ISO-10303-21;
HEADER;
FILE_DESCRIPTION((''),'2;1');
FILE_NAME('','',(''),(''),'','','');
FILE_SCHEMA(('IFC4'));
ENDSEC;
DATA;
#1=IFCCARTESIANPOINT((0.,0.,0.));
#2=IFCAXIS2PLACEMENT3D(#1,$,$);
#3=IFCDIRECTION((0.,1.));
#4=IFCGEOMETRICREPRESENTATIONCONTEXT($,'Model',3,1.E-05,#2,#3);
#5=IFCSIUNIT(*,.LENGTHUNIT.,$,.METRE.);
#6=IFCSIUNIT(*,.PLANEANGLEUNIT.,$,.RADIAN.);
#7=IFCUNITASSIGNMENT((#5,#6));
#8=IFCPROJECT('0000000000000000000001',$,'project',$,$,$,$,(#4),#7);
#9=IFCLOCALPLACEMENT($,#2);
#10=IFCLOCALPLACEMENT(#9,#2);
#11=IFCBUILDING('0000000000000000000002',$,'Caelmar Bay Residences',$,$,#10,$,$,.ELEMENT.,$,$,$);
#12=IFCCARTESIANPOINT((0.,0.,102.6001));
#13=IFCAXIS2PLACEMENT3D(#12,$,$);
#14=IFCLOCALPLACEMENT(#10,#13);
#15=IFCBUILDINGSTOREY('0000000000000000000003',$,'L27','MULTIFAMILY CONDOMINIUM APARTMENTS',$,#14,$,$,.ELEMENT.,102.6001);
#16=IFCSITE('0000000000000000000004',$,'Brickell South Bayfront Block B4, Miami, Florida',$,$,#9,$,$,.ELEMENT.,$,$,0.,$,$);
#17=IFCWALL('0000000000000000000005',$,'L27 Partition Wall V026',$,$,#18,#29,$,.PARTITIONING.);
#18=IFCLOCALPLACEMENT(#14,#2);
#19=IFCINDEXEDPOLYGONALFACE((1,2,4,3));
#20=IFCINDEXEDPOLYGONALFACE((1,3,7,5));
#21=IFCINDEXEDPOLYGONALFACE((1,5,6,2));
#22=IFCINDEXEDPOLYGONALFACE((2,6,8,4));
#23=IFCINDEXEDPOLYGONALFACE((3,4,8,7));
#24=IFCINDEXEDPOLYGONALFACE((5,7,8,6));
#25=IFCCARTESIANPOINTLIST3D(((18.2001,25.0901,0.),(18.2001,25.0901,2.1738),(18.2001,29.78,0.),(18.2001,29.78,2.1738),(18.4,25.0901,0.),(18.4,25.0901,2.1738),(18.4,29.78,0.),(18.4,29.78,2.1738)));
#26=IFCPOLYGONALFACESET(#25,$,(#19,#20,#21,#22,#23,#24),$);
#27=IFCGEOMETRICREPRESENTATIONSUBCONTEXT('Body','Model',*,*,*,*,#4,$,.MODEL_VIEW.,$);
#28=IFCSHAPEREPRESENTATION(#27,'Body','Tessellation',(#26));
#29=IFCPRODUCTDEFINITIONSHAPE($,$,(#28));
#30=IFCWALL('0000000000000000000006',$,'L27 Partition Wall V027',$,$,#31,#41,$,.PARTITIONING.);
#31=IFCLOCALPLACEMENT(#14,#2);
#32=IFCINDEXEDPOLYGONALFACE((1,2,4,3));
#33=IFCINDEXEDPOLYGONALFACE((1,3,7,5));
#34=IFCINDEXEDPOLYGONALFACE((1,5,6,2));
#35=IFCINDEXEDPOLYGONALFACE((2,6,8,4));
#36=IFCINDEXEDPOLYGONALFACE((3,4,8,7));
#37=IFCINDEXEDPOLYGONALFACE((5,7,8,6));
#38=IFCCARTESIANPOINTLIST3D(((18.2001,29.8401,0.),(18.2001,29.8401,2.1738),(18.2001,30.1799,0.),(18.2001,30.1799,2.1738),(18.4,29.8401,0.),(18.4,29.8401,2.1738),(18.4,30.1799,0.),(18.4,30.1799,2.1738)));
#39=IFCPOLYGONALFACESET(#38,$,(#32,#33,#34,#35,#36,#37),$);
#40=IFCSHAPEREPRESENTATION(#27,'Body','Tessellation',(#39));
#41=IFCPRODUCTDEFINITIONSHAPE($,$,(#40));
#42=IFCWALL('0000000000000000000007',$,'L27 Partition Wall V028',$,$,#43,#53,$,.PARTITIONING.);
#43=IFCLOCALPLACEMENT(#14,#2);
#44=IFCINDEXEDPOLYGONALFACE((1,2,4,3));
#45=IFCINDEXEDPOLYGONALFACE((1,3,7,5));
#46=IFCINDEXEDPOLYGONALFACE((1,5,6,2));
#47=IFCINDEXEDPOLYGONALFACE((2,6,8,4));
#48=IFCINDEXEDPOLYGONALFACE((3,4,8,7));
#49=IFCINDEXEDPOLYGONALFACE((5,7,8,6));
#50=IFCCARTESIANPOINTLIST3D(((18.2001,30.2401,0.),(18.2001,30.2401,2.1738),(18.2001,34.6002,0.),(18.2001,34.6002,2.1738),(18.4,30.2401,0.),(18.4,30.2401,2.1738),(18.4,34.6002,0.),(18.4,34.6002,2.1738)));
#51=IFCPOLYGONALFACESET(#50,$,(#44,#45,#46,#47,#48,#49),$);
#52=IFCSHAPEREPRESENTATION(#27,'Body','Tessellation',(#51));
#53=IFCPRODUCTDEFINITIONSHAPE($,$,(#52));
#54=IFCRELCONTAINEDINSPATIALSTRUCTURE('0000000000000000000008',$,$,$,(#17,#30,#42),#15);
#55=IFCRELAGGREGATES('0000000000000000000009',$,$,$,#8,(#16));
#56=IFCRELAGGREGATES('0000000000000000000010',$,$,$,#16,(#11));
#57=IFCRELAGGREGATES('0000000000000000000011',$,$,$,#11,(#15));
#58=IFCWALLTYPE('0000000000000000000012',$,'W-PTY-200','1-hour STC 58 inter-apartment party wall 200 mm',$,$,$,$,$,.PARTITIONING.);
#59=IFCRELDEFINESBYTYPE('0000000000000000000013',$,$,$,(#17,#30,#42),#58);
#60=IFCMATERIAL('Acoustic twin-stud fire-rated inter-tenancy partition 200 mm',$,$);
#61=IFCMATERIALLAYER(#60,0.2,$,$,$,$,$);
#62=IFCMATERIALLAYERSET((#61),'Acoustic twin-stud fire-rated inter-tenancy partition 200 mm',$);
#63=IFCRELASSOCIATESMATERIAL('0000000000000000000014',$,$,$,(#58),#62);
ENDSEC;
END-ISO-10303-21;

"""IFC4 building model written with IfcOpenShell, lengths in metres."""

from ifc_helpers import new_model, si_unit, direction, frame, frame_2d, origin, place, context, subcontext, project, spatial, rectangle, extrude, material, layer, layer_set, type_object, element, save


model = new_model("IFC4")

# Units and contexts
model_context = context("Model", 3, precision=1e-05, world=origin(), true_north=direction((0.0, 1.0)))
body_context = subcontext(model_context, "Body", "Model", "MODEL_VIEW")
ifc_project = project(units=[si_unit("LENGTHUNIT", "METRE"), si_unit("PLANEANGLEUNIT", "RADIAN")], contexts=[model_context])

# Site, building, storey
site_placement = place(None, origin())
site = spatial("IfcSite", under=ifc_project, at=site_placement, Name="Brickell South Bayfront Block B4, Miami, Florida", CompositionType="ELEMENT", RefElevation=0.0)
building_placement = place(site_placement, origin())
building = spatial("IfcBuilding", under=site, at=building_placement, Name="Caelmar Bay Residences", CompositionType="ELEMENT")
storey_placement = place(building_placement, frame((0.0, 0.0, 102.6001)))
storey = spatial("IfcBuildingStorey", under=building, at=storey_placement, Name="L27", Description="MULTIFAMILY CONDOMINIUM APARTMENTS", CompositionType="ELEMENT", Elevation=102.6001)

# Walls
ifc_material_1 = material(Name="Acoustic twin-stud fire-rated inter-tenancy partition 200 mm")
ifc_layer_1 = layer(ifc_material_1, 0.2)
ifc_layer_set_1 = layer_set([ifc_layer_1], Name="Acoustic twin-stud fire-rated inter-tenancy partition 200 mm")
wall_type_1 = type_object("IfcWallType", Name="W-PTY-200", Description="1-hour STC 58 inter-apartment party wall 200 mm", PredefinedType="PARTITIONING", material=ifc_layer_set_1)
wall_1_placement = place(storey_placement, frame((18.3, 25.0901, 0.0), z_axis=(0.0, 0.0, 1.0), x_axis=(0.0, 1.0, 0.0)))
element("IfcWall", 1, at=wall_1_placement, inside=storey, type_object=wall_type_1, Name="L27 Partition Wall V026", PredefinedType="PARTITIONING", context=body_context, shape_type="SweptSolid", body=[
    extrude(rectangle(XDim=4.6899, YDim=0.2, at=frame_2d((2.345, 0.0))), origin(), (0.0, 0.0, 1.0), 2.1738),
])
wall_2_placement = place(storey_placement, frame((18.3, 29.8401, 0.0), z_axis=(0.0, 0.0, 1.0), x_axis=(0.0, 1.0, 0.0)))
element("IfcWall", 2, at=wall_2_placement, inside=storey, type_object=wall_type_1, Name="L27 Partition Wall V027", PredefinedType="PARTITIONING", context=body_context, shape_type="SweptSolid", body=[
    extrude(rectangle(XDim=0.3398, YDim=0.2, at=frame_2d((0.1699, 0.0))), origin(), (0.0, 0.0, 1.0), 2.1738),
])
wall_3_placement = place(storey_placement, frame((18.3, 30.24, 0.0), z_axis=(0.0, 0.0, 1.0), x_axis=(0.0, 1.0, 0.0)))
element("IfcWall", 3, at=wall_3_placement, inside=storey, type_object=wall_type_1, Name="L27 Partition Wall V028", PredefinedType="PARTITIONING", context=body_context, shape_type="SweptSolid", body=[
    extrude(rectangle(XDim=4.3601, YDim=0.2, at=frame_2d((2.1802, 0.0))), origin(), (0.0, 0.0, 1.0), 2.1738),
])

save(model, "model.ifc")
